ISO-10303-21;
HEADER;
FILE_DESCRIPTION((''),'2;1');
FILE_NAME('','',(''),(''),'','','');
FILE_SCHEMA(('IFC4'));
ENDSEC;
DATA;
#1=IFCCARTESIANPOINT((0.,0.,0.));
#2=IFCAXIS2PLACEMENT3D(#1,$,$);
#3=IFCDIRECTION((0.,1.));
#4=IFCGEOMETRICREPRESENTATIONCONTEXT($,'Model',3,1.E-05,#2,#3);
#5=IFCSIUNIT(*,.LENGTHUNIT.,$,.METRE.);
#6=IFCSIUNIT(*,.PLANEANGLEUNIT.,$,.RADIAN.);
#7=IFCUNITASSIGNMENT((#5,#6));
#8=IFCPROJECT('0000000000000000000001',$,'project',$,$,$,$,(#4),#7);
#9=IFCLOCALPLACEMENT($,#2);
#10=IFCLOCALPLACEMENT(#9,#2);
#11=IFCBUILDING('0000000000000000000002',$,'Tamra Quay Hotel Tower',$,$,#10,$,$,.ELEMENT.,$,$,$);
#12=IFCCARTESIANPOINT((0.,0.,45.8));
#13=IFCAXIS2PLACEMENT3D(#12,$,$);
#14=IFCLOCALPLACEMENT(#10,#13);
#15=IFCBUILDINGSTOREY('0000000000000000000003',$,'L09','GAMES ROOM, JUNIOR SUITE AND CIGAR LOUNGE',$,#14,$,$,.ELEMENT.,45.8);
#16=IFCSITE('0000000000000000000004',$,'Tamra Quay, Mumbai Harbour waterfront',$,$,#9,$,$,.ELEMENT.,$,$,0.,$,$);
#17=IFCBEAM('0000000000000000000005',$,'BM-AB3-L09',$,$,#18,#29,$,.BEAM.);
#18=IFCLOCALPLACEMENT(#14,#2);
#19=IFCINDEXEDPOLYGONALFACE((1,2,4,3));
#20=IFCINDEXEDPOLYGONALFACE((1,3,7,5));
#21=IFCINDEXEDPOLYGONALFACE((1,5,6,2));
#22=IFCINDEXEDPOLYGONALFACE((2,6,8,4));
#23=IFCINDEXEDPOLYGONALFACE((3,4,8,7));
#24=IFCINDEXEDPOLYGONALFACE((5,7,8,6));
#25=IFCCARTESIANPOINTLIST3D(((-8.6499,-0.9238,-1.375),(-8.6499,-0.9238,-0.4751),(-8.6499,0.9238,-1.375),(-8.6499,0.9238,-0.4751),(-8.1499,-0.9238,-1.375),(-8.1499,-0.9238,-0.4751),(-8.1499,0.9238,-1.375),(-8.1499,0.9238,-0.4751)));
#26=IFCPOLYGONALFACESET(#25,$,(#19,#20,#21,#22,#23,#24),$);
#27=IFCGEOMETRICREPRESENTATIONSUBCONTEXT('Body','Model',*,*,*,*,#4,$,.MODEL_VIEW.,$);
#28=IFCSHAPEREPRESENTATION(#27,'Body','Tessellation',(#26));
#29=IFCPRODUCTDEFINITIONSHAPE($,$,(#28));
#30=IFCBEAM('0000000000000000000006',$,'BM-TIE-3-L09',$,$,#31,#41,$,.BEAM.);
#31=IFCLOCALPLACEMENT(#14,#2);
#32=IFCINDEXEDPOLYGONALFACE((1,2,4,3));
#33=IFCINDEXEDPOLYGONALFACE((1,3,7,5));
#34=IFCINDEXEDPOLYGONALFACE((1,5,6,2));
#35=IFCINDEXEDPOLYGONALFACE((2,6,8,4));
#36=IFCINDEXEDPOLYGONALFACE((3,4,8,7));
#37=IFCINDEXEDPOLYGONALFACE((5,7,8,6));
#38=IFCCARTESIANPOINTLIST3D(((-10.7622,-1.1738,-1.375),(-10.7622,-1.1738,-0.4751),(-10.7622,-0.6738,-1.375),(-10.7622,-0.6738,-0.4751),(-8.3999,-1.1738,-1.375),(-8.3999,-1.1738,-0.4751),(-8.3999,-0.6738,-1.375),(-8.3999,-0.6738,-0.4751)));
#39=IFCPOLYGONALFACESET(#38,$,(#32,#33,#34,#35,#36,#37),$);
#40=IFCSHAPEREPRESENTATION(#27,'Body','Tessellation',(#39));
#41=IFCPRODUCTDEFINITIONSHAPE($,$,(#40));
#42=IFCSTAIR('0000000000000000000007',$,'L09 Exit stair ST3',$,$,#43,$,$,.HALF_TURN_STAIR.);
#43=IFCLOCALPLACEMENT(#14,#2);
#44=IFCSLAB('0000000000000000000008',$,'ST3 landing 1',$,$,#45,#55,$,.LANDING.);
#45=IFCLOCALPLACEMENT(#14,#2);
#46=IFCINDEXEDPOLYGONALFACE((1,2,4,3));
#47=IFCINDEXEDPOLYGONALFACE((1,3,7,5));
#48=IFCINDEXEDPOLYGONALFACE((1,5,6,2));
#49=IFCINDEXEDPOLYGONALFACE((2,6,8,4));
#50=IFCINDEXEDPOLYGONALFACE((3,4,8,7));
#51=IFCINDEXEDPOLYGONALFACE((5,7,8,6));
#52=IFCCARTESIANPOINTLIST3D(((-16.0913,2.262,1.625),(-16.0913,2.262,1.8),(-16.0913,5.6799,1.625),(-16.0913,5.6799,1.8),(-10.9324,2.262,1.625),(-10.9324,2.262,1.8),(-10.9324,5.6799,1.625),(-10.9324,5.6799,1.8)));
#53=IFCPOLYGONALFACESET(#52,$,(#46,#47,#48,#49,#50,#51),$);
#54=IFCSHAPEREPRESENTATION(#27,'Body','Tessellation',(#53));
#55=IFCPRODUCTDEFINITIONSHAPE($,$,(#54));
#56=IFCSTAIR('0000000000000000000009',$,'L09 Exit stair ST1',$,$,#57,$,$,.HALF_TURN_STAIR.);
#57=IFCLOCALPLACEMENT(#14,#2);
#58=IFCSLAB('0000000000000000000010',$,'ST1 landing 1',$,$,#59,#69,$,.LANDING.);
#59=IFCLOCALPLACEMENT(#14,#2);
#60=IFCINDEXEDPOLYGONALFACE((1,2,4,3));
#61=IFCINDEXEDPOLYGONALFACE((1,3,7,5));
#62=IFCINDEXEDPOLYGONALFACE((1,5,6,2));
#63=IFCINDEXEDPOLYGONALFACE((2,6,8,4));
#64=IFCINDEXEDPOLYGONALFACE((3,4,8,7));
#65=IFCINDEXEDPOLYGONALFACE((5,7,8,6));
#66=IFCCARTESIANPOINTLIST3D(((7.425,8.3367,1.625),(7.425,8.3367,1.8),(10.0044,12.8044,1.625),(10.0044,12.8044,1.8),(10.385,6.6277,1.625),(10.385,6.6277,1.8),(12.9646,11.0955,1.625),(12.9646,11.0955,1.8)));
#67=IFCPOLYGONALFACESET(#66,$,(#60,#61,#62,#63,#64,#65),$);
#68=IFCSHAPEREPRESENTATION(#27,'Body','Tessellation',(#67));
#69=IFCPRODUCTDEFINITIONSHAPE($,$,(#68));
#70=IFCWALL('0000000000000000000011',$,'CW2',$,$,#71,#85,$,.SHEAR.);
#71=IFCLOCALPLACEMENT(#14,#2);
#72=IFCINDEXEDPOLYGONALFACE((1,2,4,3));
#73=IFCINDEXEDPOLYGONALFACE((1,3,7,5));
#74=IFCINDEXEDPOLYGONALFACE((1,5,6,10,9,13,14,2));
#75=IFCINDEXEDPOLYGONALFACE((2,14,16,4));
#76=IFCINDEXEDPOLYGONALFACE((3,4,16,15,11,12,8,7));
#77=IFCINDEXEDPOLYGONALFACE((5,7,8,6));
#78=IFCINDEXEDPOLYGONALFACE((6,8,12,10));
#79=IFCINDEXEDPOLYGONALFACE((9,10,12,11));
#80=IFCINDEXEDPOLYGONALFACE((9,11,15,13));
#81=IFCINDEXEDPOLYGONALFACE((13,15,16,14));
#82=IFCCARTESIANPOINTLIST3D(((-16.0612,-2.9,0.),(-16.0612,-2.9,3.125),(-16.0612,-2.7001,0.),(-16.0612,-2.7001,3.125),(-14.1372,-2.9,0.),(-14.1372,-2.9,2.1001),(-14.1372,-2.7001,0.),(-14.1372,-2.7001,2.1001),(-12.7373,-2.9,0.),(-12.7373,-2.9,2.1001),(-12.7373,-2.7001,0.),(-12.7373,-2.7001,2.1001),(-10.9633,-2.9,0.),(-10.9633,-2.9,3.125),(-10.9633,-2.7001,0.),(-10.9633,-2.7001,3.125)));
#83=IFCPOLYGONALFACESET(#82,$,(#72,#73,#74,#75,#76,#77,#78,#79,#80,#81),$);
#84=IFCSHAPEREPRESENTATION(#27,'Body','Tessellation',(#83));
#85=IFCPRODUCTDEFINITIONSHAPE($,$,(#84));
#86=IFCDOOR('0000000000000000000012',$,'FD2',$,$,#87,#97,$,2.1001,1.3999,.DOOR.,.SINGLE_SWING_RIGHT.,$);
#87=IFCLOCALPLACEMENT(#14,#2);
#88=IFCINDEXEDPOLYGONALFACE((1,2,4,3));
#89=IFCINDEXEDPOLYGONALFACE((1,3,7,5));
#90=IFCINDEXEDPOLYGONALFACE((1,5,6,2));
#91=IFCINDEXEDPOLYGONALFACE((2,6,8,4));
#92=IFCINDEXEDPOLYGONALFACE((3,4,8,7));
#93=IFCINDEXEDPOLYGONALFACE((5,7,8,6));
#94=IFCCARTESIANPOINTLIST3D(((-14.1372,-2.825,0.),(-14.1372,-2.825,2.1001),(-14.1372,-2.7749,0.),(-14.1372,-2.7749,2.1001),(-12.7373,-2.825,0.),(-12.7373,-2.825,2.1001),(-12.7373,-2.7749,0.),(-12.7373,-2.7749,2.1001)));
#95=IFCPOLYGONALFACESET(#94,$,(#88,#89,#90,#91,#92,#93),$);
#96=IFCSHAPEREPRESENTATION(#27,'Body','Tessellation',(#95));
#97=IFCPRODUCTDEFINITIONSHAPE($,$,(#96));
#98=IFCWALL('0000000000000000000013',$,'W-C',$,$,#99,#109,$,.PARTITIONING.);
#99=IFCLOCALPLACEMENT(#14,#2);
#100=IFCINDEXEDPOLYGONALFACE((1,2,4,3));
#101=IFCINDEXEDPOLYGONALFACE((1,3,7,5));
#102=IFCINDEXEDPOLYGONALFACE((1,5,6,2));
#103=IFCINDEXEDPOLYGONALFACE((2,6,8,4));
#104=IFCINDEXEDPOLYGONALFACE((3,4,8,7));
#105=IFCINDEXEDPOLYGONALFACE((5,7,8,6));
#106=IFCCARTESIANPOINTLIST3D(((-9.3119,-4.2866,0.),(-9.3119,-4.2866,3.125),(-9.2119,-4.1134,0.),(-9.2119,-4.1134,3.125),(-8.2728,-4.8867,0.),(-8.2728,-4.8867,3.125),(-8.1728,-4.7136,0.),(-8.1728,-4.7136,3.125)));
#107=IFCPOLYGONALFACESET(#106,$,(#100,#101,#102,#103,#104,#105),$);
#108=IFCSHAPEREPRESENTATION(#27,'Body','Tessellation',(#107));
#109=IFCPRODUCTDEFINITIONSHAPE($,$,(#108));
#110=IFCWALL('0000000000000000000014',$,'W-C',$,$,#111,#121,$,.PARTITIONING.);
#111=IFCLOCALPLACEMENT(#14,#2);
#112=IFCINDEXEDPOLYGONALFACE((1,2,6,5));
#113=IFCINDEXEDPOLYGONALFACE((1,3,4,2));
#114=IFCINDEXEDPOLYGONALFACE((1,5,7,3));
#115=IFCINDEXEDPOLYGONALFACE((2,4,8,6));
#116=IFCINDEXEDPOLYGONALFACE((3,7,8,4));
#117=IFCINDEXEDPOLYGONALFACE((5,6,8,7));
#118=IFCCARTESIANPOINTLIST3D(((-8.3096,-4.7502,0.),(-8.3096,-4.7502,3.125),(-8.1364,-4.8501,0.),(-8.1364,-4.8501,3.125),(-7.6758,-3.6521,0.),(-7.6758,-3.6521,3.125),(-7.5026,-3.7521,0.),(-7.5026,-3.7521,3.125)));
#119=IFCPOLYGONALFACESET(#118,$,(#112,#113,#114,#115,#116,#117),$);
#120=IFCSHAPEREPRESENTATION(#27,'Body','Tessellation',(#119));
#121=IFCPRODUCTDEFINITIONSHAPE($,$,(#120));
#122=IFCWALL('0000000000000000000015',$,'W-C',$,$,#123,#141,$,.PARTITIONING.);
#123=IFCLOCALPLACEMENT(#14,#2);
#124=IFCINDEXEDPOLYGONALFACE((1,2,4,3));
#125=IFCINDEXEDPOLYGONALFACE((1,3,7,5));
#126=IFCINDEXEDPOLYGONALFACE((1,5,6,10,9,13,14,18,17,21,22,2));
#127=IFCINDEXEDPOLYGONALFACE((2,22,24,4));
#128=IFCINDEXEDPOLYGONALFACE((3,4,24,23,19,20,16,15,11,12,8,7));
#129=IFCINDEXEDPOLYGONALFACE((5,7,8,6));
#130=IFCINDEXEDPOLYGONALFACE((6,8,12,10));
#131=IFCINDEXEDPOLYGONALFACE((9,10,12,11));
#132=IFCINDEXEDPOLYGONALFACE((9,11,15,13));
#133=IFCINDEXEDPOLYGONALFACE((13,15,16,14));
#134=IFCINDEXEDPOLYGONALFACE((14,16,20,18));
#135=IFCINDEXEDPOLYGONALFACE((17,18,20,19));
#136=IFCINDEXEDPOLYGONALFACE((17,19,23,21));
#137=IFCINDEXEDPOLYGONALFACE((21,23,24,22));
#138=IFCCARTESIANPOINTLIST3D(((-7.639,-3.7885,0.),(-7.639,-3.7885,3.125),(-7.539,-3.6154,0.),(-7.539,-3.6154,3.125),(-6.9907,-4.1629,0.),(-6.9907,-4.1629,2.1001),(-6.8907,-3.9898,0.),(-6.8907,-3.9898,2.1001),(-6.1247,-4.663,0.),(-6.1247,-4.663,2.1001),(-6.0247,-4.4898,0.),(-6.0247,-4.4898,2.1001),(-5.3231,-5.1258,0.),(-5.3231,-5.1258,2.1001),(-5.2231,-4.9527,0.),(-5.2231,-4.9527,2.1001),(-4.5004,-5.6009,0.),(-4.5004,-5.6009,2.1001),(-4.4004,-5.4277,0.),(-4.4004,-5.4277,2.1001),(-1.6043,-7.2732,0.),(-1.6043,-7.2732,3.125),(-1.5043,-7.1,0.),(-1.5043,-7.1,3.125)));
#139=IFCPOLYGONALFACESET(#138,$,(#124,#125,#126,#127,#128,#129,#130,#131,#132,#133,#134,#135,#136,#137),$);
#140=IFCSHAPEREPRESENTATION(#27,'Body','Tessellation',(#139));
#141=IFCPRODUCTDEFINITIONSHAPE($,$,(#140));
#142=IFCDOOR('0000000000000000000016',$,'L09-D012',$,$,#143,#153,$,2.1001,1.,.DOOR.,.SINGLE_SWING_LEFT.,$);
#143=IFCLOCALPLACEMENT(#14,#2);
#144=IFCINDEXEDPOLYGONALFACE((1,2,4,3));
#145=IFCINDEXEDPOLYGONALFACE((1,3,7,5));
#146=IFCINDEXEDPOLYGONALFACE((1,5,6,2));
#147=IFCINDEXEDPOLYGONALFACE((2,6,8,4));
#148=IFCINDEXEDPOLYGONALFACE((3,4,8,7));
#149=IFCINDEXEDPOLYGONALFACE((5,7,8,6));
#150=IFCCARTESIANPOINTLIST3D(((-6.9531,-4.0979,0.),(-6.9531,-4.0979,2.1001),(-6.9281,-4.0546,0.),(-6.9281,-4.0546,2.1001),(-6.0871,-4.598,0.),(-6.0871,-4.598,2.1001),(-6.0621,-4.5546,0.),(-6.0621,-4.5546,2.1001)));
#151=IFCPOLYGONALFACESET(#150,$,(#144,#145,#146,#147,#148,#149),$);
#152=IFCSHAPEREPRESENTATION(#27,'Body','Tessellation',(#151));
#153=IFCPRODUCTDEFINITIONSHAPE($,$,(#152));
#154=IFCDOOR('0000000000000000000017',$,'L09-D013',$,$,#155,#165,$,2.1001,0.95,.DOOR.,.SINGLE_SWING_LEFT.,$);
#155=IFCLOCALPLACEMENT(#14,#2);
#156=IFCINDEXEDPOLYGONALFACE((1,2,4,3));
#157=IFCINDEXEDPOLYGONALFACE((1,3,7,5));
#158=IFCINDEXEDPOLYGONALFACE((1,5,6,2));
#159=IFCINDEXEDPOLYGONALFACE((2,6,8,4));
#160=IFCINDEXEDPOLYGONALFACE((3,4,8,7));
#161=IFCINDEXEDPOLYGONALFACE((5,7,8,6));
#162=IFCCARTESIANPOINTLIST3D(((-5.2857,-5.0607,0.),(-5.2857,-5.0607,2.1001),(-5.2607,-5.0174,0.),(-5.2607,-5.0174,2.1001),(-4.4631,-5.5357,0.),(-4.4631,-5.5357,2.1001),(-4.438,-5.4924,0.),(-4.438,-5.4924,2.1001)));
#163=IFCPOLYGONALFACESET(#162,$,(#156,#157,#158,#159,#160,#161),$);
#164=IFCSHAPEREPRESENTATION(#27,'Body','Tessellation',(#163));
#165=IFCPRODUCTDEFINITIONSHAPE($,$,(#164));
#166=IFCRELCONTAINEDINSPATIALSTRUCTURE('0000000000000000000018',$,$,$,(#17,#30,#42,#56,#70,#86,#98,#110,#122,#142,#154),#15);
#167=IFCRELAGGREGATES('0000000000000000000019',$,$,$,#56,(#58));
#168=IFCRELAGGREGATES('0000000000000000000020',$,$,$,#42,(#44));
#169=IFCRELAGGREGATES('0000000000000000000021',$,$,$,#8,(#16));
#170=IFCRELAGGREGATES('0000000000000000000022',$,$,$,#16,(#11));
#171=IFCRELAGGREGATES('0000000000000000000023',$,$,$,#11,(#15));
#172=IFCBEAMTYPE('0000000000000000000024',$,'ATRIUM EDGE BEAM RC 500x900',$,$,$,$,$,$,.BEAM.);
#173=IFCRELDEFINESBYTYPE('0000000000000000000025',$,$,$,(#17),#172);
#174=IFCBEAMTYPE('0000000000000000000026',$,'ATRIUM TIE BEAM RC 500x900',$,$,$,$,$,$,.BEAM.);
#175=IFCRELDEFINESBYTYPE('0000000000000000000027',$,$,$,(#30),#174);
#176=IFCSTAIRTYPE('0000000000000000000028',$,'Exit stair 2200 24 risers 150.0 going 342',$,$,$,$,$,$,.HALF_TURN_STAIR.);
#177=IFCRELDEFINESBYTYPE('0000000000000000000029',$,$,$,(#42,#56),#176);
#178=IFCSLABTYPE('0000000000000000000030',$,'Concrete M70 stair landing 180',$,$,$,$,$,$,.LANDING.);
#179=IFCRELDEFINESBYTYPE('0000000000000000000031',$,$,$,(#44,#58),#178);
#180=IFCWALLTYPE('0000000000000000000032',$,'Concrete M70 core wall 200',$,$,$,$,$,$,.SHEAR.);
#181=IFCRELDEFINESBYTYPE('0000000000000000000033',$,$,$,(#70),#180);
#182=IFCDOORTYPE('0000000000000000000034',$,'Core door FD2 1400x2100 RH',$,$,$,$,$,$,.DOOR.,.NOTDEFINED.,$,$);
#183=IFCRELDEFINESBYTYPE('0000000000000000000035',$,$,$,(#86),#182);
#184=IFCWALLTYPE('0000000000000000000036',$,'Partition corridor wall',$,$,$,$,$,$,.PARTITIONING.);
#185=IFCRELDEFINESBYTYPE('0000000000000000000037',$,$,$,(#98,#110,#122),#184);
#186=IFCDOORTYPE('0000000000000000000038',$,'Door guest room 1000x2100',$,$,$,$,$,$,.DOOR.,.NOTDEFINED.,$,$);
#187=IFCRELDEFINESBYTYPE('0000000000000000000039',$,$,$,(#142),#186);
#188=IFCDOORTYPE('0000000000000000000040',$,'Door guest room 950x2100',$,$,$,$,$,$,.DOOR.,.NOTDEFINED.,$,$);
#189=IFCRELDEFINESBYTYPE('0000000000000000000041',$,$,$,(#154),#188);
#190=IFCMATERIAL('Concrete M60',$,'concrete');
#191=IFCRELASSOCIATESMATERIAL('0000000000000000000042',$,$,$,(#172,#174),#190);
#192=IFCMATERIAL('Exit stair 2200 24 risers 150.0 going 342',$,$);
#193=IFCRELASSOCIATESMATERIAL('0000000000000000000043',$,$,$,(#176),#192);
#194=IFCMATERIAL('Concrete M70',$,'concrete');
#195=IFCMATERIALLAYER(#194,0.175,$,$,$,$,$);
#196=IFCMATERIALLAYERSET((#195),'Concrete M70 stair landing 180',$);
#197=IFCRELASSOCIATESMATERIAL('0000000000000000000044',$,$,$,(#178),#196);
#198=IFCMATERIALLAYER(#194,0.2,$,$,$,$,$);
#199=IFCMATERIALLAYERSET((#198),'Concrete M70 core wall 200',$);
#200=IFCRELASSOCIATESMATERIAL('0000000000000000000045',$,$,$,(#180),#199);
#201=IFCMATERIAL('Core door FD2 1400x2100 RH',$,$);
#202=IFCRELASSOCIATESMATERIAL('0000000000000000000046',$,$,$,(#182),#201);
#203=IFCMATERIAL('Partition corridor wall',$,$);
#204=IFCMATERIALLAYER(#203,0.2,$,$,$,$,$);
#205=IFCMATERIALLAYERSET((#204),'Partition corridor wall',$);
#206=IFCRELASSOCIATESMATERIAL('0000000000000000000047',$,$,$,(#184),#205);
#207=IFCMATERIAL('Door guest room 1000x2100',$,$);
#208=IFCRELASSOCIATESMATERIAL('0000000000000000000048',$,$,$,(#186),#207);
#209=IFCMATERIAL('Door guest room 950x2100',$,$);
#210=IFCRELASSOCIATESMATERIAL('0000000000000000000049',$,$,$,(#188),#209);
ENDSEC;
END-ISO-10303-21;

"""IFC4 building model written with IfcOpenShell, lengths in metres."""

from ifc_helpers import new_model, si_unit, direction, frame, frame_2d, origin, origin_2d, place, context, subcontext, project, spatial, polyline, rectangle, outline, extrude, material, layer, layer_set, material_profile, profile_set, type_object, element, fill, aggregate, save


model = new_model("IFC4")

# Units and contexts
model_context = context("Model", 3, precision=1e-05, world=origin(), true_north=direction((0.0, 1.0)))
body_context = subcontext(model_context, "Body", "Model", "MODEL_VIEW")
ifc_project = project(units=[si_unit("LENGTHUNIT", "METRE"), si_unit("PLANEANGLEUNIT", "RADIAN")], contexts=[model_context])

# Site, building, storey
site_placement = place(None, origin())
site = spatial("IfcSite", under=ifc_project, at=site_placement, Name="Tamra Quay, Mumbai Harbour waterfront", CompositionType="ELEMENT", RefElevation=0.0)
building_placement = place(site_placement, origin())
building = spatial("IfcBuilding", under=site, at=building_placement, Name="Tamra Quay Hotel Tower", CompositionType="ELEMENT")
storey_placement = place(building_placement, frame((0.0, 0.0, 45.8)))
storey = spatial("IfcBuildingStorey", under=building, at=storey_placement, Name="L09", Description="GAMES ROOM, JUNIOR SUITE AND CIGAR LOUNGE", CompositionType="ELEMENT", Elevation=45.8)

# Beams
ifc_material_1 = material(Name="Concrete M60", Category="concrete")
ifc_material_profile_1 = material_profile(ifc_material_1, rectangle(XDim=0.5, YDim=0.8999, at=origin_2d()), Name="ATRIUM EDGE BEAM RC 500x900")
ifc_profile_set_1 = profile_set([ifc_material_profile_1], Name="Concrete M60")
beam_type_1 = type_object("IfcBeamType", Name="ATRIUM EDGE BEAM RC 500x900", PredefinedType="BEAM", material=ifc_profile_set_1)
beam_1_placement = place(storey_placement, frame((-8.3999, -0.9238, -0.925), z_axis=(0.0, 1.0, 0.0), x_axis=(-1.0, 0.0, 0.0)))
element("IfcBeam", 1, at=beam_1_placement, inside=storey, type_object=beam_type_1, Name="BM-AB3-L09", PredefinedType="BEAM", context=body_context, shape_type="SweptSolid", body=[
    extrude(rectangle(XDim=0.5, YDim=0.8999, at=origin_2d()), origin(), (0.0, 0.0, 1.0), 1.8477),
])
ifc_material_profile_2 = material_profile(ifc_material_1, rectangle(XDim=0.5, YDim=0.8999, at=origin_2d()), Name="ATRIUM TIE BEAM RC 500x900")
ifc_profile_set_2 = profile_set([ifc_material_profile_2], Name="Concrete M60")
beam_type_2 = type_object("IfcBeamType", Name="ATRIUM TIE BEAM RC 500x900", PredefinedType="BEAM", material=ifc_profile_set_2)
beam_2_placement = place(storey_placement, frame((-8.3999, -0.9238, -0.925), z_axis=(-1.0, 0.0, 0.0), x_axis=(0.0, -1.0, 0.0)))
element("IfcBeam", 2, at=beam_2_placement, inside=storey, type_object=beam_type_2, Name="BM-TIE-3-L09", PredefinedType="BEAM", context=body_context, shape_type="SweptSolid", body=[
    extrude(rectangle(XDim=0.5, YDim=0.8999, at=origin_2d()), origin(), (0.0, 0.0, 1.0), 2.3623),
])

# Stairs, slabs
ifc_material_2 = material(Name="Exit stair 2200 24 risers 150.0 going 342")
stair_type = type_object("IfcStairType", Name="Exit stair 2200 24 risers 150.0 going 342", PredefinedType="HALF_TURN_STAIR", material=ifc_material_2)
stair_1_placement = place(storey_placement, origin())
stair_1 = element("IfcStair", 3, at=stair_1_placement, inside=storey, type_object=stair_type, Name="L09 Exit stair ST3", PredefinedType="HALF_TURN_STAIR")
ifc_material_3 = material(Name="Concrete M70", Category="concrete")
ifc_layer_1 = layer(ifc_material_3, 0.175)
ifc_layer_set_1 = layer_set([ifc_layer_1], Name="Concrete M70 stair landing 180")
slab_type_1 = type_object("IfcSlabType", Name="Concrete M70 stair landing 180", PredefinedType="LANDING", material=ifc_layer_set_1)
slab_1_placement = place(storey_placement, frame((0.0, 0.0, 1.625)))
slab_1 = element("IfcSlab", 4, at=slab_1_placement, type_object=slab_type_1, Name="ST3 landing 1", PredefinedType="LANDING", context=body_context, shape_type="SweptSolid", body=[
    extrude(outline(polyline([(-10.9324, 2.262), (-10.9324, 5.6799), (-16.0913, 5.6799), (-16.0913, 2.262), (-10.9324, 2.262)])), origin(), (0.0, 0.0, 1.0), 0.175),
])
stair_2_placement = place(storey_placement, origin())
stair_2 = element("IfcStair", 5, at=stair_2_placement, inside=storey, type_object=stair_type, Name="L09 Exit stair ST1", PredefinedType="HALF_TURN_STAIR")
slab_2_placement = place(storey_placement, frame((0.0, 0.0, 1.625)))
slab_2 = element("IfcSlab", 6, at=slab_2_placement, type_object=slab_type_1, Name="ST1 landing 1", PredefinedType="LANDING", context=body_context, shape_type="SweptSolid", body=[
    extrude(outline(polyline([(7.425, 8.3367), (10.385, 6.6277), (12.9646, 11.0955), (10.0044, 12.8044), (7.425, 8.3367)])), origin(), (0.0, 0.0, 1.0), 0.175),
])
aggregate(stair_2, [slab_2])

# Wall, opening, door
ifc_layer_2 = layer(ifc_material_3, 0.2)
ifc_layer_set_2 = layer_set([ifc_layer_2], Name="Concrete M70 core wall 200")
wall_type_1 = type_object("IfcWallType", Name="Concrete M70 core wall 200", PredefinedType="SHEAR", material=ifc_layer_set_2)
wall_1_placement = place(storey_placement, frame((-10.9634, -2.8, 0.0), z_axis=(0.0, 0.0, 1.0), x_axis=(-1.0, 0.0, 0.0)))
wall_1 = element("IfcWall", 7, at=wall_1_placement, inside=storey, type_object=wall_type_1, Name="CW2", PredefinedType="SHEAR", context=body_context, shape_type="SweptSolid", body=[
    extrude(rectangle(XDim=5.0979, YDim=0.2, at=frame_2d((2.5488, 0.0))), origin(), (0.0, 0.0, 1.0), 3.125),
])
opening_1_placement = place(wall_1_placement, frame((1.7739, 0.0, 0.0)))
opening_1 = element("IfcOpeningElement", 8, at=opening_1_placement, cuts=wall_1, PredefinedType="OPENING", context=body_context, shape_type="SweptSolid", body=[
    extrude(rectangle(XDim=1.3999, YDim=2.1001, at=frame_2d((0.7, 1.05))), frame((0.0, 0.1099, 0.0), z_axis=(0.0, -1.0, 0.0), x_axis=(1.0, 0.0, 0.0)), (0.0, 0.0, 1.0), 0.22),
])
ifc_material_4 = material(Name="Core door FD2 1400x2100 RH")
door_type_1 = type_object("IfcDoorType", Name="Core door FD2 1400x2100 RH", OperationType="NOTDEFINED", PredefinedType="DOOR", material=ifc_material_4)
door_1_placement = place(opening_1_placement, origin())
door_1 = element("IfcDoor", 9, at=door_1_placement, inside=storey, type_object=door_type_1, Name="FD2", OperationType="SINGLE_SWING_RIGHT", OverallHeight=2.1001, OverallWidth=1.3999, PredefinedType="DOOR", context=body_context, shape_type="SweptSolid", body=[
    extrude(rectangle(XDim=1.3999, YDim=2.1001, at=frame_2d((0.7, 1.05))), frame((0.0, 0.0249, 0.0), z_axis=(0.0, -1.0, 0.0), x_axis=(1.0, 0.0, 0.0)), (0.0, 0.0, 1.0), 0.05),
])
fill(opening_1, door_1)

# Walls
ifc_material_5 = material(Name="Partition corridor wall")
ifc_layer_3 = layer(ifc_material_5, 0.2)
ifc_layer_set_3 = layer_set([ifc_layer_3], Name="Partition corridor wall")
wall_type_2 = type_object("IfcWallType", Name="Partition corridor wall", PredefinedType="PARTITIONING", material=ifc_layer_set_3)
wall_2_placement = place(storey_placement, frame((-9.262, -4.2, 0.0), z_axis=(0.0, 0.0, 1.0), x_axis=(0.865955, -0.500122, 0.0)))
element("IfcWall", 10, at=wall_2_placement, inside=storey, type_object=wall_type_2, Name="W-C", PredefinedType="PARTITIONING", context=body_context, shape_type="SweptSolid", body=[
    extrude(rectangle(XDim=1.2, YDim=0.2, at=frame_2d((0.6001, 0.0))), origin(), (0.0, 0.0, 1.0), 3.125),
])
wall_3_placement = place(storey_placement, frame((-8.2229, -4.8, 0.0), z_axis=(0.0, 0.0, 1.0), x_axis=(0.499867, 0.866102, 0.0)))
element("IfcWall", 11, at=wall_3_placement, inside=storey, type_object=wall_type_2, Name="W-C", PredefinedType="PARTITIONING", context=body_context, shape_type="SweptSolid", body=[
    extrude(rectangle(XDim=1.2678, YDim=0.2, at=frame_2d((0.6338, 0.0))), origin(), (0.0, 0.0, 1.0), 3.125),
])

# Wall, openings, doors
wall_4_placement = place(storey_placement, frame((-7.5891, -3.7019, 0.0), z_axis=(0.0, 0.0, 1.0), x_axis=(0.865994, -0.500054, 0.0)))
wall_4 = element("IfcWall", 12, at=wall_4_placement, inside=storey, type_object=wall_type_2, Name="W-C", PredefinedType="PARTITIONING", context=body_context, shape_type="SweptSolid", body=[
    extrude(rectangle(XDim=6.9685, YDim=0.2, at=frame_2d((3.4844, 0.0))), origin(), (0.0, 0.0, 1.0), 3.125),
])
opening_2_placement = place(wall_4_placement, frame((0.7488, 0.0, 0.0)))
opening_2 = element("IfcOpeningElement", 13, at=opening_2_placement, cuts=wall_4, PredefinedType="OPENING", context=body_context, shape_type="SweptSolid", body=[
    extrude(rectangle(XDim=1.0, YDim=2.1001, at=frame_2d((0.5, 1.05))), frame((0.0, 0.1099, 0.0), z_axis=(0.0, -1.0, 0.0), x_axis=(1.0, 0.0, 0.0)), (0.0, 0.0, 1.0), 0.22),
])
opening_3_placement = place(wall_4_placement, frame((2.6743, 0.0, 0.0)))
opening_3 = element("IfcOpeningElement", 14, at=opening_3_placement, cuts=wall_4, PredefinedType="OPENING", context=body_context, shape_type="SweptSolid", body=[
    extrude(rectangle(XDim=0.95, YDim=2.1001, at=frame_2d((0.4751, 1.05))), frame((0.0, 0.1099, 0.0), z_axis=(0.0, -1.0, 0.0), x_axis=(1.0, 0.0, 0.0)), (0.0, 0.0, 1.0), 0.22),
])
ifc_material_6 = material(Name="Door guest room 1000x2100")
door_type_2 = type_object("IfcDoorType", Name="Door guest room 1000x2100", OperationType="NOTDEFINED", PredefinedType="DOOR", material=ifc_material_6)
door_2_placement = place(opening_2_placement, frame((1.0, 0.0, 0.0), z_axis=(0.0, 0.0, 1.0), x_axis=(-1.0, 0.0, 0.0)))
door_2 = element("IfcDoor", 15, at=door_2_placement, inside=storey, type_object=door_type_2, Name="L09-D012", OperationType="SINGLE_SWING_LEFT", OverallHeight=2.1001, OverallWidth=1.0, PredefinedType="DOOR", context=body_context, shape_type="SweptSolid", body=[
    extrude(rectangle(XDim=1.0, YDim=2.1001, at=frame_2d((0.5, 1.05))), frame((0.0, 0.0249, 0.0), z_axis=(0.0, -1.0, 0.0), x_axis=(1.0, 0.0, 0.0)), (0.0, 0.0, 1.0), 0.05),
])
fill(opening_2, door_2)
ifc_material_7 = material(Name="Door guest room 950x2100")
door_type_3 = type_object("IfcDoorType", Name="Door guest room 950x2100", OperationType="NOTDEFINED", PredefinedType="DOOR", material=ifc_material_7)
door_3_placement = place(opening_3_placement, frame((0.95, 0.0, 0.0), z_axis=(0.0, 0.0, 1.0), x_axis=(-1.0, 0.0, 0.0)))
door_3 = element("IfcDoor", 16, at=door_3_placement, inside=storey, type_object=door_type_3, Name="L09-D013", OperationType="SINGLE_SWING_LEFT", OverallHeight=2.1001, OverallWidth=0.95, PredefinedType="DOOR", context=body_context, shape_type="SweptSolid", body=[
    extrude(rectangle(XDim=0.95, YDim=2.1001, at=frame_2d((0.4751, 1.05))), frame((0.0, 0.0249, 0.0), z_axis=(0.0, -1.0, 0.0), x_axis=(1.0, 0.0, 0.0)), (0.0, 0.0, 1.0), 0.05),
])
fill(opening_3, door_3)

aggregate(stair_1, [slab_1])

save(model, "model.ifc")
